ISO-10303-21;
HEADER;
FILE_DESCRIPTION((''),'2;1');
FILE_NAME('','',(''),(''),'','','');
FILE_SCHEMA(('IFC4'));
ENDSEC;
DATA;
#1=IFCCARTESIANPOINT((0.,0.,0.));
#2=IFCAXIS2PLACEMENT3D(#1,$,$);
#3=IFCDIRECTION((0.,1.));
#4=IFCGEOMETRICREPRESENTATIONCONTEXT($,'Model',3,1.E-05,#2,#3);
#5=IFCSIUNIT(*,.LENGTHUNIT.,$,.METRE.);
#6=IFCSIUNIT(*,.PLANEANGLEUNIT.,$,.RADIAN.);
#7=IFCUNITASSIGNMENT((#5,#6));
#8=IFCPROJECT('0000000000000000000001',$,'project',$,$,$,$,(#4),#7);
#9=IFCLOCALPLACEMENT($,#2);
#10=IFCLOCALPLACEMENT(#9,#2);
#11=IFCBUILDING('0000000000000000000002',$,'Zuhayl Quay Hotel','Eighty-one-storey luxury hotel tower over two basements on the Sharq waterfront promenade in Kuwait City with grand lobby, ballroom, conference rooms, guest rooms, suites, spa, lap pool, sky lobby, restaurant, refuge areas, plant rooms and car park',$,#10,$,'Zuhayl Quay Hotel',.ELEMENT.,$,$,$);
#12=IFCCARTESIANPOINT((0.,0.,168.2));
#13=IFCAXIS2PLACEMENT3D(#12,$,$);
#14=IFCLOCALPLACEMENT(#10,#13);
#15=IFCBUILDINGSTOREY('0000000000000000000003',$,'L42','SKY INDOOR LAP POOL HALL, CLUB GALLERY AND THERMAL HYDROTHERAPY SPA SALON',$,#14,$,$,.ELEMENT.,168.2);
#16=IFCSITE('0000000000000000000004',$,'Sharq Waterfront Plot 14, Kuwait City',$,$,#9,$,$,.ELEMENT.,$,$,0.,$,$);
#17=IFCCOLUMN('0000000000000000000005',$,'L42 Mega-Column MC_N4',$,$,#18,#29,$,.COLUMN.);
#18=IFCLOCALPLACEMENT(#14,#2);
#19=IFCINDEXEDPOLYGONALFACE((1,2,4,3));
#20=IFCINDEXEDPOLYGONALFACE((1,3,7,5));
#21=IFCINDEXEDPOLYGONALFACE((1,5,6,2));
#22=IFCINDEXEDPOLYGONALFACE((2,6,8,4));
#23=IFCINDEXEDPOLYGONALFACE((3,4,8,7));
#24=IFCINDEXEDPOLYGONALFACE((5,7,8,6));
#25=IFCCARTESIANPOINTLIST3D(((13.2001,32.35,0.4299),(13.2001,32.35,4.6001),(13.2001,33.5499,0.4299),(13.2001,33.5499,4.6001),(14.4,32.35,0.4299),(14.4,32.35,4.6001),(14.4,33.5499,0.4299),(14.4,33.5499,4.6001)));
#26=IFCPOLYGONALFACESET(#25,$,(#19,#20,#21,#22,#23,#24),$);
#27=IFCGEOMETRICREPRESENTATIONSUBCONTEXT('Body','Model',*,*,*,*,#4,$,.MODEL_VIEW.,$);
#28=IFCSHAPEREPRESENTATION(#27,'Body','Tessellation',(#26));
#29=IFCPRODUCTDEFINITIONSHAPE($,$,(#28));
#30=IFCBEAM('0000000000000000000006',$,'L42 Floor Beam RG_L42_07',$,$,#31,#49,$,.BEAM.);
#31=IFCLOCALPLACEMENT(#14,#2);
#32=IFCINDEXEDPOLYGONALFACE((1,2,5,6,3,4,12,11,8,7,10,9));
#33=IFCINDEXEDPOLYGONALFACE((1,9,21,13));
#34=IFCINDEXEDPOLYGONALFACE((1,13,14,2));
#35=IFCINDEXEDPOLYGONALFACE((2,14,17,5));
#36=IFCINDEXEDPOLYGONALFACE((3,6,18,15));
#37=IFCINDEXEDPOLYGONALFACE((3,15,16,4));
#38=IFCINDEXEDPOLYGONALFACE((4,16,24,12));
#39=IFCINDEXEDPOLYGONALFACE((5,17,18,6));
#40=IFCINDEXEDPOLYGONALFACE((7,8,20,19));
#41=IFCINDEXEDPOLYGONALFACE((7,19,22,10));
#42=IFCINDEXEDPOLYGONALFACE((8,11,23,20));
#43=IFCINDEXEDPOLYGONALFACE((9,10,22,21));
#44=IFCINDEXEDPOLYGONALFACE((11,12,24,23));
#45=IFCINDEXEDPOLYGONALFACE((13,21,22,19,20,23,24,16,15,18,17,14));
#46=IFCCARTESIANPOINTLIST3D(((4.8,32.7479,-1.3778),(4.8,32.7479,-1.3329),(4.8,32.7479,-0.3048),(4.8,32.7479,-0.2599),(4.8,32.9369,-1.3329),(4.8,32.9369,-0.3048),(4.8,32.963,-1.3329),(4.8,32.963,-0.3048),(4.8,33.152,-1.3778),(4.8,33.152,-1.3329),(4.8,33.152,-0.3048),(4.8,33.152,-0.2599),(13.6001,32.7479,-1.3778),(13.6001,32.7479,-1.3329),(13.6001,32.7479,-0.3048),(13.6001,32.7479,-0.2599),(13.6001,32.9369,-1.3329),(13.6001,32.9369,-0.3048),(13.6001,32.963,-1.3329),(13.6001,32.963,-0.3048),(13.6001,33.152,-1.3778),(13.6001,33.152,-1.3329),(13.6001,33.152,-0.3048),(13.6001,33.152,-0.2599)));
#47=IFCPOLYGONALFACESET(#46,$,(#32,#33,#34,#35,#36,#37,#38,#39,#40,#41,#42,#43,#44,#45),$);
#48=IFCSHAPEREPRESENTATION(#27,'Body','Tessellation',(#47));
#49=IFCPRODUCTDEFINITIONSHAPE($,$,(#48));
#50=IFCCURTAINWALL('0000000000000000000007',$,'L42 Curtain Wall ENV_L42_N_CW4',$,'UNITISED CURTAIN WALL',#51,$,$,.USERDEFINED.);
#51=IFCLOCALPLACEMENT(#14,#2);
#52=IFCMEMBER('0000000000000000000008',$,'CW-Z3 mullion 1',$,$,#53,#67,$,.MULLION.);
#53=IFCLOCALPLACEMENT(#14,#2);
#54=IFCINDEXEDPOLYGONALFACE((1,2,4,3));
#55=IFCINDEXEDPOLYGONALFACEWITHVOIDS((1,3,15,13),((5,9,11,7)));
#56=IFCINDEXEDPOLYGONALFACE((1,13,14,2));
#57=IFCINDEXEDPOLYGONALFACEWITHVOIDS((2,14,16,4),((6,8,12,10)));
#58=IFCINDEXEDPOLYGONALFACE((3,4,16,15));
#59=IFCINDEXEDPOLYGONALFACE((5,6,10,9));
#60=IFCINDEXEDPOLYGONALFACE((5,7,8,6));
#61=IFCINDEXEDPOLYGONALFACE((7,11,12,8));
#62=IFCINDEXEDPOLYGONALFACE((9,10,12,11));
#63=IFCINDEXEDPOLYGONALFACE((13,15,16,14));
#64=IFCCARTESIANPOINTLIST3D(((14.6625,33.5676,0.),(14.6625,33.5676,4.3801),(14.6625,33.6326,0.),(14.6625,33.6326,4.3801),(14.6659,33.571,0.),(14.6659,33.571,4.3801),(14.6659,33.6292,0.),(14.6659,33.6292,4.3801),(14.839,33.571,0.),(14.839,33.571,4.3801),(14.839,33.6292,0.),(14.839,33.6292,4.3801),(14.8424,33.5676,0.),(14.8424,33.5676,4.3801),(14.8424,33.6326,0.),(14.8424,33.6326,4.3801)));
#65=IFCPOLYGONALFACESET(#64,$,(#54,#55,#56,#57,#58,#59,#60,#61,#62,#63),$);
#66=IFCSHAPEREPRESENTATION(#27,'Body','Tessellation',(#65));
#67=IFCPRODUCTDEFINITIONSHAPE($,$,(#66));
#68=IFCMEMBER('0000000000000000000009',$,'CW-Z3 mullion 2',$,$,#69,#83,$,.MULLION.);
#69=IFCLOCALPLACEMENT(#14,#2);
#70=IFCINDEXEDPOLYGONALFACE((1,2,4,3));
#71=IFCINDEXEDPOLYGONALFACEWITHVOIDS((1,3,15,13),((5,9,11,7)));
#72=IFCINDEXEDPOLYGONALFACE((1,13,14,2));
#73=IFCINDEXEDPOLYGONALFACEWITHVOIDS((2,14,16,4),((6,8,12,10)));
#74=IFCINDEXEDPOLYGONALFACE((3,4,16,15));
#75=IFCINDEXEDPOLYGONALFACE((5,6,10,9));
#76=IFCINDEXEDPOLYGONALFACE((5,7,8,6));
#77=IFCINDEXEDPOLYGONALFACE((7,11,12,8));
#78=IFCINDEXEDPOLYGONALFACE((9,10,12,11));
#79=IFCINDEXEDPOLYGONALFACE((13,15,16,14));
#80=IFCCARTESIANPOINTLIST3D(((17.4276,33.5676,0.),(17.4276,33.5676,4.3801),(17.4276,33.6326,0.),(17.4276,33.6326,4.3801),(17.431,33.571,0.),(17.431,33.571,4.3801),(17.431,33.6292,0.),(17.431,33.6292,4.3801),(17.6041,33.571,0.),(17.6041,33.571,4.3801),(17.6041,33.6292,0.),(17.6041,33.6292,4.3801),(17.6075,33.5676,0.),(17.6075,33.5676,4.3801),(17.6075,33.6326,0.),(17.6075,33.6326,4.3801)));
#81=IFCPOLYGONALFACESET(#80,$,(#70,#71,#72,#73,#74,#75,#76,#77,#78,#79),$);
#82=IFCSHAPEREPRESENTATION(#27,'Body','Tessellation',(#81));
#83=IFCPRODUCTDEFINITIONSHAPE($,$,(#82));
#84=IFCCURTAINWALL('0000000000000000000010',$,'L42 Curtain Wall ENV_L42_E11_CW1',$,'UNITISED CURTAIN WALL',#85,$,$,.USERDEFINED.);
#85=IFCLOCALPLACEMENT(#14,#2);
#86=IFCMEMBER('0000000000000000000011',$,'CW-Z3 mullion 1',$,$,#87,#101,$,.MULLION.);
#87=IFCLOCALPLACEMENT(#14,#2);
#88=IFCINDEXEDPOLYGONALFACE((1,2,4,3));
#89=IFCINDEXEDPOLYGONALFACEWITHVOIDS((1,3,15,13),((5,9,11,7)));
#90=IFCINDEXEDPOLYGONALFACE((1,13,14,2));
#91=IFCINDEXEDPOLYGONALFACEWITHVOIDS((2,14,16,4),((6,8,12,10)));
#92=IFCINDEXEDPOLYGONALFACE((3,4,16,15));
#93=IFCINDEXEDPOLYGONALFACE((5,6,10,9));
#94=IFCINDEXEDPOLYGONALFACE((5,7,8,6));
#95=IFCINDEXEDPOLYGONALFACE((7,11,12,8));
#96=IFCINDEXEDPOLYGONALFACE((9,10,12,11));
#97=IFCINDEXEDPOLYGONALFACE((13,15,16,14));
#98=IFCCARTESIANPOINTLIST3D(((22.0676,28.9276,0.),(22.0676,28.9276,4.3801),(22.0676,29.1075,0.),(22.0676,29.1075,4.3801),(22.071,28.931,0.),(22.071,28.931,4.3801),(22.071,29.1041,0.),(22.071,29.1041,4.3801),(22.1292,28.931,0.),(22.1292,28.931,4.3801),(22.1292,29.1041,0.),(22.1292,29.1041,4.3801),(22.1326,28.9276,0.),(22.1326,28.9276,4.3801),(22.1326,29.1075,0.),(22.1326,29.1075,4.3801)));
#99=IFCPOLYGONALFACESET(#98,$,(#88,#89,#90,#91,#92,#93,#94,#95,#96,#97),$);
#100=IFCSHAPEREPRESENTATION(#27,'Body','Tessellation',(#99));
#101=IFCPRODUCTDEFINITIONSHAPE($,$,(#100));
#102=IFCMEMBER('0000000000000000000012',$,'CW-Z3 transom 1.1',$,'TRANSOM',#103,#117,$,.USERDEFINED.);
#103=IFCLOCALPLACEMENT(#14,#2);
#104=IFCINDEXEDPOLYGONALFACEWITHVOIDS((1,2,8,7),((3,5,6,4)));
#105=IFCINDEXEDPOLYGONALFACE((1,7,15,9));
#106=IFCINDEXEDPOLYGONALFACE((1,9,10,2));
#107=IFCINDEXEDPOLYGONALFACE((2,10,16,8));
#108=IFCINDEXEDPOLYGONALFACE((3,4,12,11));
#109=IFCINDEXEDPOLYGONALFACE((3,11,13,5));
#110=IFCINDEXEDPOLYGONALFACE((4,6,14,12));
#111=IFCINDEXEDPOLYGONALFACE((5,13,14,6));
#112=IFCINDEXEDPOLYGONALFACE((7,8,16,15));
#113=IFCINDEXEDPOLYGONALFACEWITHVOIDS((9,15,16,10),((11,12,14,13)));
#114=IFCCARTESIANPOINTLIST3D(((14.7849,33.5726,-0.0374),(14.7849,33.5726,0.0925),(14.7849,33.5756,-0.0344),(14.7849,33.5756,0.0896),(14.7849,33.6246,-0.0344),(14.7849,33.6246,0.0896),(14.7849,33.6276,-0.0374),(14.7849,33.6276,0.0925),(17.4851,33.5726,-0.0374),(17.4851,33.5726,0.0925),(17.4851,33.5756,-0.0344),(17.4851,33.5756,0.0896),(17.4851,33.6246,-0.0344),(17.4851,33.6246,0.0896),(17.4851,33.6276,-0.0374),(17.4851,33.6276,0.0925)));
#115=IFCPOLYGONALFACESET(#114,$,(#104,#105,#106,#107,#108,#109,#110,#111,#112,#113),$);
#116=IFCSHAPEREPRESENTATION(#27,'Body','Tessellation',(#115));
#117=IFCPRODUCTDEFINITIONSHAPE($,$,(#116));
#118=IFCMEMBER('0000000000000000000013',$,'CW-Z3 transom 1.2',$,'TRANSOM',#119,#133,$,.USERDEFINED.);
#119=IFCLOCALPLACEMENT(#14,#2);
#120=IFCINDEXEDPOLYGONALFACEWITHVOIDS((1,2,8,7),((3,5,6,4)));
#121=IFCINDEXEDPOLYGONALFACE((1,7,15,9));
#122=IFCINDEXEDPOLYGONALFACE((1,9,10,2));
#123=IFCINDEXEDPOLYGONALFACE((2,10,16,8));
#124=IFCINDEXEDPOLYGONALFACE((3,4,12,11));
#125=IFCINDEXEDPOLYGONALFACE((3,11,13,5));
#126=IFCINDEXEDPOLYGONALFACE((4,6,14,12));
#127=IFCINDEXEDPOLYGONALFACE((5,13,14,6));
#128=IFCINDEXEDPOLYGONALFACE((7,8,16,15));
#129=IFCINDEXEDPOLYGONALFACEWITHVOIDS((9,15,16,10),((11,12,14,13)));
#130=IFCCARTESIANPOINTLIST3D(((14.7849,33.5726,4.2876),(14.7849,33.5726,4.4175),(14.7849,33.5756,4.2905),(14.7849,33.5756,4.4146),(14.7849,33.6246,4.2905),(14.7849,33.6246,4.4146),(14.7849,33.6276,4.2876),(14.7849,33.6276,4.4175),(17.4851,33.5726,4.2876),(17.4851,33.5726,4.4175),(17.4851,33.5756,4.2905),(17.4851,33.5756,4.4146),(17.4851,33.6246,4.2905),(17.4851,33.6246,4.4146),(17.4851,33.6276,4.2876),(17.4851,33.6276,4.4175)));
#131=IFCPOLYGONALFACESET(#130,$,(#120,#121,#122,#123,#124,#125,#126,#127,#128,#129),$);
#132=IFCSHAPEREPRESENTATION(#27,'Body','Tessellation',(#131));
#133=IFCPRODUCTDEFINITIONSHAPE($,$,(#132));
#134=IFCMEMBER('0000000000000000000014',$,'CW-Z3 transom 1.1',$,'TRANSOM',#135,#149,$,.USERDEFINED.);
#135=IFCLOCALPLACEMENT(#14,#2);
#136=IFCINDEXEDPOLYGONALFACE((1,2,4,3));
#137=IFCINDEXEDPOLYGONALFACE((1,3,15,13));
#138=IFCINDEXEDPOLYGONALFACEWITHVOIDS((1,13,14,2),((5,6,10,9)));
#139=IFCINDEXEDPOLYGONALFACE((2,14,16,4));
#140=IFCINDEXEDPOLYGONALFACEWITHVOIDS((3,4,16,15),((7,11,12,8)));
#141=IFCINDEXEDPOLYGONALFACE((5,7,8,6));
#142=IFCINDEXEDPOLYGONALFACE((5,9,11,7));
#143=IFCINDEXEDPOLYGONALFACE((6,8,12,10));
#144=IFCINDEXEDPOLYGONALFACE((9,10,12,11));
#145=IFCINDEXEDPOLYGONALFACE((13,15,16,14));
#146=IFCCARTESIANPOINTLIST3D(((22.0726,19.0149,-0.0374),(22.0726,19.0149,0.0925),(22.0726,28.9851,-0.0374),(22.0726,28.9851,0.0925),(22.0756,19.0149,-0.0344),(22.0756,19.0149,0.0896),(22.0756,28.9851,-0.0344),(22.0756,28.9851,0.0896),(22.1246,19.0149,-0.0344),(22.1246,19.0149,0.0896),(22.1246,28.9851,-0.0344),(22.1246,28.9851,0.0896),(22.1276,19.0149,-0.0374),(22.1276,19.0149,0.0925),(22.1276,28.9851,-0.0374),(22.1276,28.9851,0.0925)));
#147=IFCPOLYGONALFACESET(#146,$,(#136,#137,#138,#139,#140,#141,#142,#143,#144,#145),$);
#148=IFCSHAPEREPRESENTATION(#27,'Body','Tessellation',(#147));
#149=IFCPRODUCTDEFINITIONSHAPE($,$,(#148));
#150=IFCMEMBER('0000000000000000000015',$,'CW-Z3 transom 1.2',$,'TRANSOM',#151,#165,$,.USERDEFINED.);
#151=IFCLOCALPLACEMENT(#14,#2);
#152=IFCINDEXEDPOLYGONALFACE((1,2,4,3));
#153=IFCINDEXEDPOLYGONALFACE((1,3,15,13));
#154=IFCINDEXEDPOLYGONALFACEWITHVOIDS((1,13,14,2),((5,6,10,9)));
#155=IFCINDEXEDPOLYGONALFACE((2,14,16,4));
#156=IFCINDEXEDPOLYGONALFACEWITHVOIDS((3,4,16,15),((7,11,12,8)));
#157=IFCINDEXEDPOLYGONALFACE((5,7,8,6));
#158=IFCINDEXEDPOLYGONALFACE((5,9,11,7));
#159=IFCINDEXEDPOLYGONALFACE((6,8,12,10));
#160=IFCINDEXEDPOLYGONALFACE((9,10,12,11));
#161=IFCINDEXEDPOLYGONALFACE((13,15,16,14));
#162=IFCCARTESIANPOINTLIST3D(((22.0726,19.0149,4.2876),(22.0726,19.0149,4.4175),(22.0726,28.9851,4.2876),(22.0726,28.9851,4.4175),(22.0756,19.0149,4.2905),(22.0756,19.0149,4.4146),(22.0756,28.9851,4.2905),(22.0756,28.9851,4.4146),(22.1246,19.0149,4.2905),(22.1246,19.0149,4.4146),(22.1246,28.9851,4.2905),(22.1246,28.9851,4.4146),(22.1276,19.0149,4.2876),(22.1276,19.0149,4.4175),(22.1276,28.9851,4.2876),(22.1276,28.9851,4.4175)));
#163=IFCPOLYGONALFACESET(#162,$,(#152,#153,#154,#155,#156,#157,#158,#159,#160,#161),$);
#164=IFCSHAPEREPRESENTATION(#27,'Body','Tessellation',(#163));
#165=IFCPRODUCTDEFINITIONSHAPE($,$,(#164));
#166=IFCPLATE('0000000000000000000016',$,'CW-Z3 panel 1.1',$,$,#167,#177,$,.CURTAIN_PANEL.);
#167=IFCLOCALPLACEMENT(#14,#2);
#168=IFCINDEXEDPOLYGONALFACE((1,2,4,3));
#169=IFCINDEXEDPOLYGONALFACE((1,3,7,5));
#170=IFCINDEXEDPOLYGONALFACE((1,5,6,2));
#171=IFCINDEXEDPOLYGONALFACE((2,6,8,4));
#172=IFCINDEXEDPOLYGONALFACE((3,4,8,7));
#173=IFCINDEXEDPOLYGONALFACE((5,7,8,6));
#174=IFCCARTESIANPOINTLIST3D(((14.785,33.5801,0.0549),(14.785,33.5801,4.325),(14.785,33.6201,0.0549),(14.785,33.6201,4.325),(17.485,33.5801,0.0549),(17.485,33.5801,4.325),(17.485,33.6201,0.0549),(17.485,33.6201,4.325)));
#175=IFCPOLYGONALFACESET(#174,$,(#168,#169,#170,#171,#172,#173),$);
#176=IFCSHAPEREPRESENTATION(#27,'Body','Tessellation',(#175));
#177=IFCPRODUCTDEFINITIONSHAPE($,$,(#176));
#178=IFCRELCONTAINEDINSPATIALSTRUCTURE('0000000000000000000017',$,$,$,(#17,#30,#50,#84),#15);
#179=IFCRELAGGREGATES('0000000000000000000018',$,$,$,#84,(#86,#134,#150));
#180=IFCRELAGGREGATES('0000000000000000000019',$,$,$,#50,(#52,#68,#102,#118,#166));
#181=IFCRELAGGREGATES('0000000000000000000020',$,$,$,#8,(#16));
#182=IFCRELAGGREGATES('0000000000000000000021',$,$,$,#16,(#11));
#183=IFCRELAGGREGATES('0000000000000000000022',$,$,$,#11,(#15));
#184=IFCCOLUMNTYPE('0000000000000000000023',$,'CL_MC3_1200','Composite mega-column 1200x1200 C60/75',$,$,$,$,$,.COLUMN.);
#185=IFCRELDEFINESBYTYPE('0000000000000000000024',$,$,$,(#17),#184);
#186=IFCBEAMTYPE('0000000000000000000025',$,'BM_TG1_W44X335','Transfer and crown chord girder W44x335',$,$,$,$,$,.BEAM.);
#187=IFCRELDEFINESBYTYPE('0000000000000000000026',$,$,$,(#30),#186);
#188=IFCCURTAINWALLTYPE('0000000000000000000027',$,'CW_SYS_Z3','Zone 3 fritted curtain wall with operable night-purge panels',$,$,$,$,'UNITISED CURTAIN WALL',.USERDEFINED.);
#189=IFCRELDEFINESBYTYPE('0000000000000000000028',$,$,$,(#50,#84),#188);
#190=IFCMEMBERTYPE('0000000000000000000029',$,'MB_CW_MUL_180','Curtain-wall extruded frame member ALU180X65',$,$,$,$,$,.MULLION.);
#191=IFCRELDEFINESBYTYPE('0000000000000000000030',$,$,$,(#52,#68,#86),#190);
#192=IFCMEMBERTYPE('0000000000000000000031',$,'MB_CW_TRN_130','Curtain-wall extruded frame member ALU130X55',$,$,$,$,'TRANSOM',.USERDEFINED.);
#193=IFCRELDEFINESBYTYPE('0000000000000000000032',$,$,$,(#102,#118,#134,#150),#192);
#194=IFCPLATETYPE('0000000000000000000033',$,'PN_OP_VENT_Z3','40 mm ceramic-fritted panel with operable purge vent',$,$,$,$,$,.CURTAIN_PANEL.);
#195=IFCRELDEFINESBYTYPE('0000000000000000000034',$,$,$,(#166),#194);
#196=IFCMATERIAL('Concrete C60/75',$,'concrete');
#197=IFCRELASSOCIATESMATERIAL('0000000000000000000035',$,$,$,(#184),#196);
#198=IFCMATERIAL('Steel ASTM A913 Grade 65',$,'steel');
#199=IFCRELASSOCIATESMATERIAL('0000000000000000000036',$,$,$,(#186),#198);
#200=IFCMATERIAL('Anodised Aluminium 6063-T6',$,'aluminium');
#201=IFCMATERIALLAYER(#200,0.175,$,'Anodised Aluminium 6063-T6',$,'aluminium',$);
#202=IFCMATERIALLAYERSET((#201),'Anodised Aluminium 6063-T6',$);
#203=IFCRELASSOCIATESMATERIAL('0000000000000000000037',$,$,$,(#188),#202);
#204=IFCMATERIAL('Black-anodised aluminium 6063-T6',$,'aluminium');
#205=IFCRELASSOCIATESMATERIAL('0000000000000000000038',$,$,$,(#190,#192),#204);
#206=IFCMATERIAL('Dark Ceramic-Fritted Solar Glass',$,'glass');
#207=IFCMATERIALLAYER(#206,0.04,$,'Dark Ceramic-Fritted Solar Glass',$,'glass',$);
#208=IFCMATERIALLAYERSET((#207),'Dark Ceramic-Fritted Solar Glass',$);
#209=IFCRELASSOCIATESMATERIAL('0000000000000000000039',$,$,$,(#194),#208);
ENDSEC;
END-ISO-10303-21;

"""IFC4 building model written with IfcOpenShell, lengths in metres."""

from ifc_helpers import new_model, si_unit, direction, frame, origin, origin_2d, place, context, subcontext, project, spatial, rectangle, hollow_rectangle, i_section, extrude, material, layer, layer_set, material_profile, profile_set, type_object, element, aggregate, save


model = new_model("IFC4")

# Units and contexts
model_context = context("Model", 3, precision=1e-05, world=origin(), true_north=direction((0.0, 1.0)))
body_context = subcontext(model_context, "Body", "Model", "MODEL_VIEW")
ifc_project = project(units=[si_unit("LENGTHUNIT", "METRE"), si_unit("PLANEANGLEUNIT", "RADIAN")], contexts=[model_context])

# Site, building, storey
site_placement = place(None, origin())
site = spatial("IfcSite", under=ifc_project, at=site_placement, Name="Sharq Waterfront Plot 14, Kuwait City", CompositionType="ELEMENT", RefElevation=0.0)
building_placement = place(site_placement, origin())
building = spatial("IfcBuilding", under=site, at=building_placement, Name="Zuhayl Quay Hotel", Description="Eighty-one-storey luxury hotel tower over two basements on the Sharq waterfront promenade in Kuwait City with grand lobby, ballroom, conference rooms, guest rooms, suites, spa, lap pool, sky lobby, restaurant, refuge areas, plant rooms and car park", LongName="Zuhayl Quay Hotel", CompositionType="ELEMENT")
storey_placement = place(building_placement, frame((0.0, 0.0, 168.2)))
storey = spatial("IfcBuildingStorey", under=building, at=storey_placement, Name="L42", Description="SKY INDOOR LAP POOL HALL, CLUB GALLERY AND THERMAL HYDROTHERAPY SPA SALON", CompositionType="ELEMENT", Elevation=168.2)

# Column
ifc_material_1 = material(Name="Concrete C60/75", Category="concrete")
ifc_material_profile_1 = material_profile(ifc_material_1, rectangle(XDim=1.2, YDim=1.2, at=origin_2d()), Name="RC1200X1200")
ifc_profile_set_1 = profile_set([ifc_material_profile_1], Name="Concrete C60/75")
column_type = type_object("IfcColumnType", Name="CL_MC3_1200", Description="Composite mega-column 1200x1200 C60/75", PredefinedType="COLUMN", material=ifc_profile_set_1)
column_placement = place(storey_placement, frame((13.8, 32.95, 0.4299), z_axis=(0.0, 0.0, 1.0), x_axis=(1.0, 0.0, 0.0)))
element("IfcColumn", 1, at=column_placement, inside=storey, type_object=column_type, Name="L42 Mega-Column MC_N4", PredefinedType="COLUMN", context=body_context, shape_type="SweptSolid", body=[
    extrude(rectangle(XDim=1.2, YDim=1.2, at=origin_2d()), origin(), (0.0, 0.0, 1.0), 4.1702),
])

# Beam
ifc_material_2 = material(Name="Steel ASTM A913 Grade 65", Category="steel")
ifc_material_profile_2 = material_profile(ifc_material_2, i_section(OverallWidth=0.4041, OverallDepth=1.1179, WebThickness=0.0261, FlangeThickness=0.0449, at=origin_2d()), Name="W44X335")
ifc_profile_set_2 = profile_set([ifc_material_profile_2], Name="Steel ASTM A913 Grade 65")
beam_type = type_object("IfcBeamType", Name="BM_TG1_W44X335", Description="Transfer and crown chord girder W44x335", PredefinedType="BEAM", material=ifc_profile_set_2)
beam_placement = place(storey_placement, frame((13.6001, 32.95, -0.8188), z_axis=(-1.0, 0.0, 0.0), x_axis=(0.0, -1.0, 0.0)))
element("IfcBeam", 2, at=beam_placement, inside=storey, type_object=beam_type, Name="L42 Floor Beam RG_L42_07", PredefinedType="BEAM", context=body_context, shape_type="SweptSolid", body=[
    extrude(i_section(OverallWidth=0.4041, OverallDepth=1.1179, WebThickness=0.0261, FlangeThickness=0.0449, at=origin_2d()), origin(), (0.0, 0.0, 1.0), 8.8),
])

# Curtain wall, members
ifc_material_3 = material(Name="Anodised Aluminium 6063-T6", Category="aluminium")
ifc_layer_1 = layer(ifc_material_3, 0.175, Name="Anodised Aluminium 6063-T6", Category="aluminium")
ifc_layer_set_1 = layer_set([ifc_layer_1], Name="Anodised Aluminium 6063-T6")
curtain_wall_type = type_object("IfcCurtainWallType", Name="CW_SYS_Z3", Description="Zone 3 fritted curtain wall with operable night-purge panels", ElementType="UNITISED CURTAIN WALL", PredefinedType="USERDEFINED", material=ifc_layer_set_1)
curtain_wall_1_placement = place(storey_placement, origin())
curtain_wall_1 = element("IfcCurtainWall", 3, at=curtain_wall_1_placement, inside=storey, type_object=curtain_wall_type, Name="L42 Curtain Wall ENV_L42_N_CW4", ObjectType="UNITISED CURTAIN WALL", PredefinedType="USERDEFINED")
ifc_material_4 = material(Name="Black-anodised aluminium 6063-T6", Category="aluminium")
ifc_material_profile_3 = material_profile(ifc_material_4, hollow_rectangle(XDim=0.0649, YDim=0.1799, WallThickness=0.0034, at=origin_2d()), Name="ALU180X65")
ifc_profile_set_3 = profile_set([ifc_material_profile_3], Name="Black-anodised aluminium 6063-T6")
member_type_1 = type_object("IfcMemberType", Name="MB_CW_MUL_180", Description="Curtain-wall extruded frame member ALU180X65", PredefinedType="MULLION", material=ifc_profile_set_3)
member_1_placement = place(storey_placement, frame((14.7524, 33.6001, 0.0), z_axis=(0.0, 0.0, 1.0), x_axis=(0.0, 1.0, 0.0)))
member_1 = element("IfcMember", 4, at=member_1_placement, type_object=member_type_1, Name="CW-Z3 mullion 1", PredefinedType="MULLION", context=body_context, shape_type="SweptSolid", body=[
    extrude(hollow_rectangle(XDim=0.0649, YDim=0.1799, WallThickness=0.0034, at=origin_2d()), origin(), (0.0, 0.0, 1.0), 4.3801),
])
member_2_placement = place(storey_placement, frame((17.5176, 33.6001, 0.0), z_axis=(0.0, 0.0, 1.0), x_axis=(0.0, 1.0, 0.0)))
member_2 = element("IfcMember", 5, at=member_2_placement, type_object=member_type_1, Name="CW-Z3 mullion 2", PredefinedType="MULLION", context=body_context, shape_type="SweptSolid", body=[
    extrude(hollow_rectangle(XDim=0.0649, YDim=0.1799, WallThickness=0.0034, at=origin_2d()), origin(), (0.0, 0.0, 1.0), 4.3801),
])

# Curtain wall, member
curtain_wall_2_placement = place(storey_placement, origin())
curtain_wall_2 = element("IfcCurtainWall", 6, at=curtain_wall_2_placement, inside=storey, type_object=curtain_wall_type, Name="L42 Curtain Wall ENV_L42_E11_CW1", ObjectType="UNITISED CURTAIN WALL", PredefinedType="USERDEFINED")
member_3_placement = place(storey_placement, frame((22.1001, 29.0176, 0.0), z_axis=(0.0, 0.0, 1.0), x_axis=(1.0, 0.0, 0.0)))
member_3 = element("IfcMember", 7, at=member_3_placement, type_object=member_type_1, Name="CW-Z3 mullion 1", PredefinedType="MULLION", context=body_context, shape_type="SweptSolid", body=[
    extrude(hollow_rectangle(XDim=0.0649, YDim=0.1799, WallThickness=0.0034, at=origin_2d()), origin(), (0.0, 0.0, 1.0), 4.3801),
])

# Members
ifc_material_profile_4 = material_profile(ifc_material_4, hollow_rectangle(XDim=0.0549, YDim=0.1299, WallThickness=0.0029, at=origin_2d()), Name="ALU130X55")
ifc_profile_set_4 = profile_set([ifc_material_profile_4], Name="Black-anodised aluminium 6063-T6")
member_type_2 = type_object("IfcMemberType", Name="MB_CW_TRN_130", Description="Curtain-wall extruded frame member ALU130X55", ElementType="TRANSOM", PredefinedType="USERDEFINED", material=ifc_profile_set_4)
member_4_placement = place(storey_placement, frame((14.7849, 33.6001, 0.0276), z_axis=(1.0, 0.0, 0.0), x_axis=(0.0, 1.0, 0.0)))
member_4 = element("IfcMember", 8, at=member_4_placement, type_object=member_type_2, Name="CW-Z3 transom 1.1", ObjectType="TRANSOM", PredefinedType="USERDEFINED", context=body_context, shape_type="SweptSolid", body=[
    extrude(hollow_rectangle(XDim=0.0549, YDim=0.1299, WallThickness=0.0029, at=origin_2d()), origin(), (0.0, 0.0, 1.0), 2.7002),
])
member_5_placement = place(storey_placement, frame((14.7849, 33.6001, 4.3525), z_axis=(1.0, 0.0, 0.0), x_axis=(0.0, 1.0, 0.0)))
member_5 = element("IfcMember", 9, at=member_5_placement, type_object=member_type_2, Name="CW-Z3 transom 1.2", ObjectType="TRANSOM", PredefinedType="USERDEFINED", context=body_context, shape_type="SweptSolid", body=[
    extrude(hollow_rectangle(XDim=0.0549, YDim=0.1299, WallThickness=0.0029, at=origin_2d()), origin(), (0.0, 0.0, 1.0), 2.7002),
])
member_6_placement = place(storey_placement, frame((22.1001, 28.9851, 0.0276), z_axis=(0.0, -1.0, 0.0), x_axis=(1.0, 0.0, 0.0)))
member_6 = element("IfcMember", 10, at=member_6_placement, type_object=member_type_2, Name="CW-Z3 transom 1.1", ObjectType="TRANSOM", PredefinedType="USERDEFINED", context=body_context, shape_type="SweptSolid", body=[
    extrude(hollow_rectangle(XDim=0.0549, YDim=0.1299, WallThickness=0.0029, at=origin_2d()), origin(), (0.0, 0.0, 1.0), 9.9702),
])
member_7_placement = place(storey_placement, frame((22.1001, 28.9851, 4.3525), z_axis=(0.0, -1.0, 0.0), x_axis=(1.0, 0.0, 0.0)))
member_7 = element("IfcMember", 11, at=member_7_placement, type_object=member_type_2, Name="CW-Z3 transom 1.2", ObjectType="TRANSOM", PredefinedType="USERDEFINED", context=body_context, shape_type="SweptSolid", body=[
    extrude(hollow_rectangle(XDim=0.0549, YDim=0.1299, WallThickness=0.0029, at=origin_2d()), origin(), (0.0, 0.0, 1.0), 9.9702),
])
aggregate(curtain_wall_2, [member_3, member_6, member_7])

# Plate
ifc_material_5 = material(Name="Dark Ceramic-Fritted Solar Glass", Category="glass")
ifc_layer_2 = layer(ifc_material_5, 0.04, Name="Dark Ceramic-Fritted Solar Glass", Category="glass")
ifc_layer_set_2 = layer_set([ifc_layer_2], Name="Dark Ceramic-Fritted Solar Glass")
plate_type_1 = type_object("IfcPlateType", Name="PN_OP_VENT_Z3", Description="40 mm ceramic-fritted panel with operable purge vent", PredefinedType="CURTAIN_PANEL", material=ifc_layer_set_2)
plate_1_placement = place(storey_placement, frame((16.135, 33.6001, 0.0549), z_axis=(0.0, 0.0, 1.0), x_axis=(1.0, 0.0, 0.0)))
plate_1 = element("IfcPlate", 12, at=plate_1_placement, type_object=plate_type_1, Name="CW-Z3 panel 1.1", PredefinedType="CURTAIN_PANEL", context=body_context, shape_type="SweptSolid", body=[
    extrude(rectangle(XDim=2.7, YDim=0.04, at=origin_2d()), origin(), (0.0, 0.0, 1.0), 4.27),
])
aggregate(curtain_wall_1, [member_1, member_2, member_4, member_5, plate_1])

save(model, "model.ifc")
